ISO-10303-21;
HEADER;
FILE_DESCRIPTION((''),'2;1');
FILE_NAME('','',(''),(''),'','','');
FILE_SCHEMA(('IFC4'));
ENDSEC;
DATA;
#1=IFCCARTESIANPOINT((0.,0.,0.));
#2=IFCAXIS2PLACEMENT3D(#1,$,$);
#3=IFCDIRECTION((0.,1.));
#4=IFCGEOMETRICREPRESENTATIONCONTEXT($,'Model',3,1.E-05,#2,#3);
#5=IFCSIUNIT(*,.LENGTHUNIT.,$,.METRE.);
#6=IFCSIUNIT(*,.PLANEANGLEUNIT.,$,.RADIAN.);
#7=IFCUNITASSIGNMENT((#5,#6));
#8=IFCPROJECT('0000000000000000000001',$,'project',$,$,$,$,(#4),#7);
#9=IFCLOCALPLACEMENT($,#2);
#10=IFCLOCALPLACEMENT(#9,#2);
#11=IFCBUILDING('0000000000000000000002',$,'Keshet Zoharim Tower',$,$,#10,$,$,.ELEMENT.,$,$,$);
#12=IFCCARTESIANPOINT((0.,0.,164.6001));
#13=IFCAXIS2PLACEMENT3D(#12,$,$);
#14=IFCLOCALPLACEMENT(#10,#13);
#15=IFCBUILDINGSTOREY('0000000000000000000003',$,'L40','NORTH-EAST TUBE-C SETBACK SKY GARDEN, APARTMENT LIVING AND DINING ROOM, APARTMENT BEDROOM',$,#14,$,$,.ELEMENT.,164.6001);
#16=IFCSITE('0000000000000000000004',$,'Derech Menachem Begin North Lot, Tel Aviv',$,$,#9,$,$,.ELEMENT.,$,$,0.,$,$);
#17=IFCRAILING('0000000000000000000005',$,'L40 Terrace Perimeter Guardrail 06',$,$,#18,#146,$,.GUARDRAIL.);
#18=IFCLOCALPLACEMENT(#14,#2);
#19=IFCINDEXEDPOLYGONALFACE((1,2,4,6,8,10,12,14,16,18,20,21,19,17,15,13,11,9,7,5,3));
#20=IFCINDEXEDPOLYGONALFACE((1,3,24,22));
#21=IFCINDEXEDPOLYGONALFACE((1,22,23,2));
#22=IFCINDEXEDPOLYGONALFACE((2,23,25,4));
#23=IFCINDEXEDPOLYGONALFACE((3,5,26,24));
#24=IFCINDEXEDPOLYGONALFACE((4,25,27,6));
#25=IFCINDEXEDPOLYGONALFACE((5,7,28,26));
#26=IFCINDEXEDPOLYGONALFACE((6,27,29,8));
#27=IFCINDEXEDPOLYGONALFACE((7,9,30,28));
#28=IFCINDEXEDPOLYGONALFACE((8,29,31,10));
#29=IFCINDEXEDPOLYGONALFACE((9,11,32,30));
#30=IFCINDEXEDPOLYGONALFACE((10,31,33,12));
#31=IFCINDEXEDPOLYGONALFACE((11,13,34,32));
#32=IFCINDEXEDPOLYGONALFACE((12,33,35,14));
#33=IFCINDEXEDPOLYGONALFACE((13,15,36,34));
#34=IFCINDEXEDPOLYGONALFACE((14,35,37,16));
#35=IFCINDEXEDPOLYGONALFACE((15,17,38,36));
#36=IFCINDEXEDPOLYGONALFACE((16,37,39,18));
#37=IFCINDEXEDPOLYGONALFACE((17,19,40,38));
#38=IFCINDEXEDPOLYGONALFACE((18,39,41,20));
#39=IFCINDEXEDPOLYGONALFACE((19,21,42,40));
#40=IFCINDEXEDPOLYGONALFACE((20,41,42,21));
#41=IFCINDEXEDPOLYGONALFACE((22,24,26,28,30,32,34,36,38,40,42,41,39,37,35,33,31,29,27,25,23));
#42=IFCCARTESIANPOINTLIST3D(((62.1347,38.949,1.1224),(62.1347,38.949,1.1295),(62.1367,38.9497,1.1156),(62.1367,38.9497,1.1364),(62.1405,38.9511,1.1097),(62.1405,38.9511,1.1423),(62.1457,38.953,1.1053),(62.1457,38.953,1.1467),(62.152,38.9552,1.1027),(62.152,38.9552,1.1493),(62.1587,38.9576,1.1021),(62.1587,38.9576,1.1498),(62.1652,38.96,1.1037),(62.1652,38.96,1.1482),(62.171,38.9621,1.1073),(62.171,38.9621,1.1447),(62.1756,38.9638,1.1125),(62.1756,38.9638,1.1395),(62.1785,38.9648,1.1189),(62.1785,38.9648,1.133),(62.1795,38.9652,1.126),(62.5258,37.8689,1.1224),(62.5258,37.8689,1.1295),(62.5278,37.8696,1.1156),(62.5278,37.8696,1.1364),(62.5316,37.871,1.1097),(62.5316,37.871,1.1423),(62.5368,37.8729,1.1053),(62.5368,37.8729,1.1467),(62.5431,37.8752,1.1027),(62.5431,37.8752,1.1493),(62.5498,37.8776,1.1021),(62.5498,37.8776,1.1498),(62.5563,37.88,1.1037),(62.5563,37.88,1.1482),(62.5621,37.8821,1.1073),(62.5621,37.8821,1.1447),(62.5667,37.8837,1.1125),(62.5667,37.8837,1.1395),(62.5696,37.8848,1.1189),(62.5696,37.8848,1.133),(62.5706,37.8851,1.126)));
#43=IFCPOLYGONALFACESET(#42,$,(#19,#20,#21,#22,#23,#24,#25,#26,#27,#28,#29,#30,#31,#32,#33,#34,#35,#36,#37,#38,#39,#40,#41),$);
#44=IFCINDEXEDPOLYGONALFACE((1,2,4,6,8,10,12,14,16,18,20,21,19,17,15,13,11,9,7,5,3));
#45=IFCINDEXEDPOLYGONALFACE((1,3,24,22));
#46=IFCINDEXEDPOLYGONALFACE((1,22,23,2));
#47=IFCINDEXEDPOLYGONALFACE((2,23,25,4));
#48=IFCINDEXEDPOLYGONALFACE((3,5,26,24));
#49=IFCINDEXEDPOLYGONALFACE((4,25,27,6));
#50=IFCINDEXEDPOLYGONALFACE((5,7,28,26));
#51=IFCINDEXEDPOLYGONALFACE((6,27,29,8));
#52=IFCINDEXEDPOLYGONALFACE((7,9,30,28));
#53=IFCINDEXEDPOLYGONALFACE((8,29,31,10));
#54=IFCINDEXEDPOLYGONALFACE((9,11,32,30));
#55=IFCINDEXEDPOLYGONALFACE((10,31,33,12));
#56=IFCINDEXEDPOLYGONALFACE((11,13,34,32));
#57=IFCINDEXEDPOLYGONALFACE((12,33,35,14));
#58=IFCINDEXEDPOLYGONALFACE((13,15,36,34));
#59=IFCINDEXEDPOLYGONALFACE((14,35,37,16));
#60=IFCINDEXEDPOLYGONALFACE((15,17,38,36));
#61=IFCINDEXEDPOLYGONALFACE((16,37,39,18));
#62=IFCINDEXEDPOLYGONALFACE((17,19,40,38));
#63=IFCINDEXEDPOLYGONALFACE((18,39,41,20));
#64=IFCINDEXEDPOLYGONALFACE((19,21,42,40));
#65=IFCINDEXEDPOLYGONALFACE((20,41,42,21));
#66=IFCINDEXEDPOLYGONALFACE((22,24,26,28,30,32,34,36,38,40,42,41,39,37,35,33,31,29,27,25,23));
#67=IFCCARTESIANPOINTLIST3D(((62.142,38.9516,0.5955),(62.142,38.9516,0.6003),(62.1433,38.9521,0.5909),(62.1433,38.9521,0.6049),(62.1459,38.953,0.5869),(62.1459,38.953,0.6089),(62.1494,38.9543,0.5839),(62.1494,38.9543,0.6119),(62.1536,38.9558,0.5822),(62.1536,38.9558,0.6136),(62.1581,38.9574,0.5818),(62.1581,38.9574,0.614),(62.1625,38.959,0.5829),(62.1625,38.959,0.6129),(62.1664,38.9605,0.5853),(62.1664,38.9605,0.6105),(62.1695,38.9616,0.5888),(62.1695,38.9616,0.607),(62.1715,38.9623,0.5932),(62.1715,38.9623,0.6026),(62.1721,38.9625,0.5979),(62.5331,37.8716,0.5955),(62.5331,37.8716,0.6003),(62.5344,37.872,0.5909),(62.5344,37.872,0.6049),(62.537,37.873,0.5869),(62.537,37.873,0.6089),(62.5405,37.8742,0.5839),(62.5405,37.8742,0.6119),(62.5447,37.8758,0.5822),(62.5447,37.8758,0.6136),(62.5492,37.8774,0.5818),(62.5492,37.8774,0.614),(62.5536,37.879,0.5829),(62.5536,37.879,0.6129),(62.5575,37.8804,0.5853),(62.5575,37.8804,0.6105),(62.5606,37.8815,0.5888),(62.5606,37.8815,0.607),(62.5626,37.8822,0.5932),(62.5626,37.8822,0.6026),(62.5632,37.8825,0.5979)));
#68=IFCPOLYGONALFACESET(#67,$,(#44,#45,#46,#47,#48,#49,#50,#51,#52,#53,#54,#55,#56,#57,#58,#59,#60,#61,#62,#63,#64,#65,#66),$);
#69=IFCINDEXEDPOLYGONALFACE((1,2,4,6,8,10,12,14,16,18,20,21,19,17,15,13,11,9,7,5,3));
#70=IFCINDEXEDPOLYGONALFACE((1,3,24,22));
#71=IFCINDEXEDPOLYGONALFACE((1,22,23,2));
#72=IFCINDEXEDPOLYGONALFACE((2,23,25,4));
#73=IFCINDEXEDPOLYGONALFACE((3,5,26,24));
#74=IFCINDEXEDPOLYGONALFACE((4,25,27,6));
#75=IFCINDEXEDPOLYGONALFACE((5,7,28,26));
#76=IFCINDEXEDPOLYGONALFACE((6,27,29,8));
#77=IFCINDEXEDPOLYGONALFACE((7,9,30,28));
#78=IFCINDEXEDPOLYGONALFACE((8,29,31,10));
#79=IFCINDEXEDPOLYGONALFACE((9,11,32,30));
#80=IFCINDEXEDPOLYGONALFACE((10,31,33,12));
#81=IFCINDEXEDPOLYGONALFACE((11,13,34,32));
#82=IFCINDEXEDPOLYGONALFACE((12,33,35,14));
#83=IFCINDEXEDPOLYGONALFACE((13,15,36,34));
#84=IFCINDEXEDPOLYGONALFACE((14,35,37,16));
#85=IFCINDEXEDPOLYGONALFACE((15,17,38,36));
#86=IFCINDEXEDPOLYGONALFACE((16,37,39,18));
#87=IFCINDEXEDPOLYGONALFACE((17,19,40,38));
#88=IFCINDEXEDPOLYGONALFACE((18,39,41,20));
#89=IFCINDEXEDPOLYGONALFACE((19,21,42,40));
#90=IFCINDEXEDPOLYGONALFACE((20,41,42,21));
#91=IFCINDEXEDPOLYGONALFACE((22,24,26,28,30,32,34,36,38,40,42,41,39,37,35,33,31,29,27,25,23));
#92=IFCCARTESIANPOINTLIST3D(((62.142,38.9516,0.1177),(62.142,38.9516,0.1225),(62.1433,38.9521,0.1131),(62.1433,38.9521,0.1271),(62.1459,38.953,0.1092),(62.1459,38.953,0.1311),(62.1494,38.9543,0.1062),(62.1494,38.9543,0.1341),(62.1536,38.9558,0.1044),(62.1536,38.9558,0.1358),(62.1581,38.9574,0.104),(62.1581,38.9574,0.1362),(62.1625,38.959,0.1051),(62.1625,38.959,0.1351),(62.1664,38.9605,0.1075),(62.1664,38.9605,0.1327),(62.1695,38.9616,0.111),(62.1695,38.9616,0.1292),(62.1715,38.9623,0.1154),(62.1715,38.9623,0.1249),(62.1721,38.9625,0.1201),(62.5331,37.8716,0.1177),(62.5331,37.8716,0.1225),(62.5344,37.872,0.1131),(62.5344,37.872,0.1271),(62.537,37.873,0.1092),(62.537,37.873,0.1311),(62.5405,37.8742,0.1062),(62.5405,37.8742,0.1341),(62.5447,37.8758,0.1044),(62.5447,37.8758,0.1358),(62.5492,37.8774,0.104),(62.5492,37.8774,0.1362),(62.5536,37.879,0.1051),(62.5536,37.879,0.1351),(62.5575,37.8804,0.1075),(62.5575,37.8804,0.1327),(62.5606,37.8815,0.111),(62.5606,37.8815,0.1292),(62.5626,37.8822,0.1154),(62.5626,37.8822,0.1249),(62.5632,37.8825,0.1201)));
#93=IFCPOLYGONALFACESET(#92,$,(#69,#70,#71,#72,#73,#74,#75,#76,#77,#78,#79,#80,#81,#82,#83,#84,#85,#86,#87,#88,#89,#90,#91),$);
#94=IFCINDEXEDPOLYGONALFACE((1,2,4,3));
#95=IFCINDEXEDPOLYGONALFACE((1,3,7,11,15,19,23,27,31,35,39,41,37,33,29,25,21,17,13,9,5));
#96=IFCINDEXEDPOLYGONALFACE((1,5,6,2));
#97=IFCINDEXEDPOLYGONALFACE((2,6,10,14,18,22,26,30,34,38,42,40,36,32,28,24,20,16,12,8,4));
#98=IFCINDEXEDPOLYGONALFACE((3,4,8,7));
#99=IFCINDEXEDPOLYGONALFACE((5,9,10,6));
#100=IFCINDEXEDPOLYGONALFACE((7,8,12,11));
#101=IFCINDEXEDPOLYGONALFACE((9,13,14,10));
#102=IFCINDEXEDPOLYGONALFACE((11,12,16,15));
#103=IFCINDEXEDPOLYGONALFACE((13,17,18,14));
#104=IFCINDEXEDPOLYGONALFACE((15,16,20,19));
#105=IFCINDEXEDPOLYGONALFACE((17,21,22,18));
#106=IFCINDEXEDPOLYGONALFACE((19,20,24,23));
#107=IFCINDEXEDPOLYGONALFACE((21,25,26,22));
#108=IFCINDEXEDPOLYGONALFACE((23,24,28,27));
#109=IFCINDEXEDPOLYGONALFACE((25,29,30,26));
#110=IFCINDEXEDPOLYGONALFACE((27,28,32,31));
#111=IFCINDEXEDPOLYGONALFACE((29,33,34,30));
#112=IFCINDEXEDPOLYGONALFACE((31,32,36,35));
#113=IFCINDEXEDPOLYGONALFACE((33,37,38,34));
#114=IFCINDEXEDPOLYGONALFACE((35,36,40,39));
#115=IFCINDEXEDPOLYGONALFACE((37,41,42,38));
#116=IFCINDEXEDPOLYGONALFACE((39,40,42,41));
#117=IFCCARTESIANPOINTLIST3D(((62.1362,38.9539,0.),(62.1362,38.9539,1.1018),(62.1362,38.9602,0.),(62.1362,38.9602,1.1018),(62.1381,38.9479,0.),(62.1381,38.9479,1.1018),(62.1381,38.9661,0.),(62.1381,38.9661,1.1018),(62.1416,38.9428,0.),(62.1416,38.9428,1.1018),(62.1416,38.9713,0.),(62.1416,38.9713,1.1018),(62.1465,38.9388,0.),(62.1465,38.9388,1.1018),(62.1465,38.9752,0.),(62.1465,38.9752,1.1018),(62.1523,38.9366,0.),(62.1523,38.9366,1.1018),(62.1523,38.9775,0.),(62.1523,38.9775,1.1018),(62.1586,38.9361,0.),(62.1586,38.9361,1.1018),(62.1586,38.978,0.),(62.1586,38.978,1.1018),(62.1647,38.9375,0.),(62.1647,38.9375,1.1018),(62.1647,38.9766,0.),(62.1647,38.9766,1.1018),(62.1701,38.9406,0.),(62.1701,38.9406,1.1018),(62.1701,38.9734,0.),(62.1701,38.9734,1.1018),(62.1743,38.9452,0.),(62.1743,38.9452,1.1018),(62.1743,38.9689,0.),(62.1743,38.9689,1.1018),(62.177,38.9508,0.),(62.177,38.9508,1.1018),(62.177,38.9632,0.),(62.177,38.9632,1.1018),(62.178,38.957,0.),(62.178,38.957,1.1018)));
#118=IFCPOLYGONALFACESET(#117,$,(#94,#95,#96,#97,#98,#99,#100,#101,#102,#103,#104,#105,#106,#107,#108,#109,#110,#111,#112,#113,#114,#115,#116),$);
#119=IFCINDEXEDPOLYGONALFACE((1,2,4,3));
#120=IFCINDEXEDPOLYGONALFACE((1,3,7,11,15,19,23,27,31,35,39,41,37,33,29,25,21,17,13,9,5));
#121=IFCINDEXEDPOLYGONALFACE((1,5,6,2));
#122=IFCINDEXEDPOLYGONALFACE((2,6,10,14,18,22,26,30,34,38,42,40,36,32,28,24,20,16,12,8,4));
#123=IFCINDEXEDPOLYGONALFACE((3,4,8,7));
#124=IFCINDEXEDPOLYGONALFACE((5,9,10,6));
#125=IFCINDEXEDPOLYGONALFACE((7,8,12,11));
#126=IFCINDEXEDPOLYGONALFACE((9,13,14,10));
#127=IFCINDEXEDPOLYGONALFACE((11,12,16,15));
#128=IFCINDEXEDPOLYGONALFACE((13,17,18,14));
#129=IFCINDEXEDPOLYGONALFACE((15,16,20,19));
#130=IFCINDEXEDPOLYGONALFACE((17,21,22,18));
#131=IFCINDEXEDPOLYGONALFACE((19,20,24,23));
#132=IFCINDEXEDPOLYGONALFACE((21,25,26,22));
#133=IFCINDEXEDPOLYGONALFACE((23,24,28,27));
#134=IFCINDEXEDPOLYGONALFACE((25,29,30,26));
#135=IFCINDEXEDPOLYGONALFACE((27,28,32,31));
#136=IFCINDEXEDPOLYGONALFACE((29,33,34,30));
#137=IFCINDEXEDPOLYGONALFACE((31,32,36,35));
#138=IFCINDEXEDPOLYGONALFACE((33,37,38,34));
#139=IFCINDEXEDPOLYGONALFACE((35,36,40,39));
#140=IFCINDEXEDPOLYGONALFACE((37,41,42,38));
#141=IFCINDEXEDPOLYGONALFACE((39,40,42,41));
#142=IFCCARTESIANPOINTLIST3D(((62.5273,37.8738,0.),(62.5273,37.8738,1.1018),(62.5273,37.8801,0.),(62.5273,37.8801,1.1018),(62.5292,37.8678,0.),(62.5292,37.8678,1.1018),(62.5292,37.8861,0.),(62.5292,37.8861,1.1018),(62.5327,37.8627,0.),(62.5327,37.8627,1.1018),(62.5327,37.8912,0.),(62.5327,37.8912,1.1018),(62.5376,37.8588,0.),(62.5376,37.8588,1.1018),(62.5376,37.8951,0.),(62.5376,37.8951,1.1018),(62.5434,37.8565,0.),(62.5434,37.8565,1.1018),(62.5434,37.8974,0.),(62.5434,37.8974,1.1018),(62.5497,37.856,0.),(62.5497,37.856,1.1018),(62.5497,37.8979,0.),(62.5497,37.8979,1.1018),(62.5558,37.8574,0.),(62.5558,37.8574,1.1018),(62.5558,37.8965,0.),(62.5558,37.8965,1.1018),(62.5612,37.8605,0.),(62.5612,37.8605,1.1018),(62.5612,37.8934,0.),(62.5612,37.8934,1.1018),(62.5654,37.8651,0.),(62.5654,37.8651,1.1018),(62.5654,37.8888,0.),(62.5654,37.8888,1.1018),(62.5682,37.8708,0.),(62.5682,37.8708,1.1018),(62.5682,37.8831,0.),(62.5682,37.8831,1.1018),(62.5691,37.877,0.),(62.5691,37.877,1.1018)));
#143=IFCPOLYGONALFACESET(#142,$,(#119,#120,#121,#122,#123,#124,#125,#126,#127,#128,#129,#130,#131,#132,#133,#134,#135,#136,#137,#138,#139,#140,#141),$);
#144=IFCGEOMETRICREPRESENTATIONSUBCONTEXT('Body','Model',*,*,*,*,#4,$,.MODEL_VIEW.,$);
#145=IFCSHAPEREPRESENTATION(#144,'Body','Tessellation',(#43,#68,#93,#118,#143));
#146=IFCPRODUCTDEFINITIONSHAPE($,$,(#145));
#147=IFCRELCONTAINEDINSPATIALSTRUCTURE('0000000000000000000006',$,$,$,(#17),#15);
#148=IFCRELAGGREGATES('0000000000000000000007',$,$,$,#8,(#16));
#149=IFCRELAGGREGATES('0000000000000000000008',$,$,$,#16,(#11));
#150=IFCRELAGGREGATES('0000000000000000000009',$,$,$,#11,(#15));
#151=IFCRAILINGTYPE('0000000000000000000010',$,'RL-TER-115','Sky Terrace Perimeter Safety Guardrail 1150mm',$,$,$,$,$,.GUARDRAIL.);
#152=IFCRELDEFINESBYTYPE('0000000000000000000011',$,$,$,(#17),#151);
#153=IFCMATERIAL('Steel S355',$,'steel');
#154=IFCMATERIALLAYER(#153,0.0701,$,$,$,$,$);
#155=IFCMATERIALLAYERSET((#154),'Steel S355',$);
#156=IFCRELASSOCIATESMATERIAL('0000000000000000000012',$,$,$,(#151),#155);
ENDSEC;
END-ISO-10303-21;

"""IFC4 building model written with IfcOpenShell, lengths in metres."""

from ifc_helpers import new_model, si_unit, direction, frame, origin, origin_2d, place, context, subcontext, project, spatial, circle, extrude, material, layer, layer_set, type_object, element, save


model = new_model("IFC4")

# Units and contexts
model_context = context("Model", 3, precision=1e-05, world=origin(), true_north=direction((0.0, 1.0)))
body_context = subcontext(model_context, "Body", "Model", "MODEL_VIEW")
ifc_project = project(units=[si_unit("LENGTHUNIT", "METRE"), si_unit("PLANEANGLEUNIT", "RADIAN")], contexts=[model_context])

# Site, building, storey
site_placement = place(None, origin())
site = spatial("IfcSite", under=ifc_project, at=site_placement, Name="Derech Menachem Begin North Lot, Tel Aviv", CompositionType="ELEMENT", RefElevation=0.0)
building_placement = place(site_placement, origin())
building = spatial("IfcBuilding", under=site, at=building_placement, Name="Keshet Zoharim Tower", CompositionType="ELEMENT")
storey_placement = place(building_placement, frame((0.0, 0.0, 164.6001)))
storey = spatial("IfcBuildingStorey", under=building, at=storey_placement, Name="L40", Description="NORTH-EAST TUBE-C SETBACK SKY GARDEN, APARTMENT LIVING AND DINING ROOM, APARTMENT BEDROOM", CompositionType="ELEMENT", Elevation=164.6001)

# Railing
ifc_material_1 = material(Name="Steel S355", Category="steel")
ifc_layer_1 = layer(ifc_material_1, 0.0701)
ifc_layer_set_1 = layer_set([ifc_layer_1], Name="Steel S355")
railing_type = type_object("IfcRailingType", Name="RL-TER-115", Description="Sky Terrace Perimeter Safety Guardrail 1150mm", PredefinedType="GUARDRAIL", material=ifc_layer_set_1)
railing_1_placement = place(storey_placement, frame((62.157, 38.957, 0.0)))
element("IfcRailing", 1, at=railing_1_placement, inside=storey, type_object=railing_type, Name="L40 Terrace Perimeter Guardrail 06", PredefinedType="GUARDRAIL", context=body_context, shape_type="SweptSolid", body=[
    extrude(circle(Radius=0.0239, at=origin_2d()), frame((0.0, 0.0, 1.126), z_axis=(0.34048, -0.940252, 0.0), x_axis=(0.940252, 0.34048, 0.0)), (0.0, 0.0, 1.0), 1.1487),
    extrude(circle(Radius=0.0161, at=origin_2d()), frame((0.0, 0.0, 0.5979), z_axis=(0.34048, -0.940252, 0.0), x_axis=(0.940252, 0.34048, 0.0)), (0.0, 0.0, 1.0), 1.1487),
    extrude(circle(Radius=0.0161, at=origin_2d()), frame((0.0, 0.0, 0.1201), z_axis=(0.34048, -0.940252, 0.0), x_axis=(0.940252, 0.34048, 0.0)), (0.0, 0.0, 1.0), 1.1487),
    extrude(circle(Radius=0.021, at=origin_2d()), origin(), (0.0, 0.0, 1.0), 1.1018),
    extrude(circle(Radius=0.021, at=origin_2d()), frame((0.3911, -1.0801, 0.0)), (0.0, 0.0, 1.0), 1.1018),
])

save(model, "model.ifc")
